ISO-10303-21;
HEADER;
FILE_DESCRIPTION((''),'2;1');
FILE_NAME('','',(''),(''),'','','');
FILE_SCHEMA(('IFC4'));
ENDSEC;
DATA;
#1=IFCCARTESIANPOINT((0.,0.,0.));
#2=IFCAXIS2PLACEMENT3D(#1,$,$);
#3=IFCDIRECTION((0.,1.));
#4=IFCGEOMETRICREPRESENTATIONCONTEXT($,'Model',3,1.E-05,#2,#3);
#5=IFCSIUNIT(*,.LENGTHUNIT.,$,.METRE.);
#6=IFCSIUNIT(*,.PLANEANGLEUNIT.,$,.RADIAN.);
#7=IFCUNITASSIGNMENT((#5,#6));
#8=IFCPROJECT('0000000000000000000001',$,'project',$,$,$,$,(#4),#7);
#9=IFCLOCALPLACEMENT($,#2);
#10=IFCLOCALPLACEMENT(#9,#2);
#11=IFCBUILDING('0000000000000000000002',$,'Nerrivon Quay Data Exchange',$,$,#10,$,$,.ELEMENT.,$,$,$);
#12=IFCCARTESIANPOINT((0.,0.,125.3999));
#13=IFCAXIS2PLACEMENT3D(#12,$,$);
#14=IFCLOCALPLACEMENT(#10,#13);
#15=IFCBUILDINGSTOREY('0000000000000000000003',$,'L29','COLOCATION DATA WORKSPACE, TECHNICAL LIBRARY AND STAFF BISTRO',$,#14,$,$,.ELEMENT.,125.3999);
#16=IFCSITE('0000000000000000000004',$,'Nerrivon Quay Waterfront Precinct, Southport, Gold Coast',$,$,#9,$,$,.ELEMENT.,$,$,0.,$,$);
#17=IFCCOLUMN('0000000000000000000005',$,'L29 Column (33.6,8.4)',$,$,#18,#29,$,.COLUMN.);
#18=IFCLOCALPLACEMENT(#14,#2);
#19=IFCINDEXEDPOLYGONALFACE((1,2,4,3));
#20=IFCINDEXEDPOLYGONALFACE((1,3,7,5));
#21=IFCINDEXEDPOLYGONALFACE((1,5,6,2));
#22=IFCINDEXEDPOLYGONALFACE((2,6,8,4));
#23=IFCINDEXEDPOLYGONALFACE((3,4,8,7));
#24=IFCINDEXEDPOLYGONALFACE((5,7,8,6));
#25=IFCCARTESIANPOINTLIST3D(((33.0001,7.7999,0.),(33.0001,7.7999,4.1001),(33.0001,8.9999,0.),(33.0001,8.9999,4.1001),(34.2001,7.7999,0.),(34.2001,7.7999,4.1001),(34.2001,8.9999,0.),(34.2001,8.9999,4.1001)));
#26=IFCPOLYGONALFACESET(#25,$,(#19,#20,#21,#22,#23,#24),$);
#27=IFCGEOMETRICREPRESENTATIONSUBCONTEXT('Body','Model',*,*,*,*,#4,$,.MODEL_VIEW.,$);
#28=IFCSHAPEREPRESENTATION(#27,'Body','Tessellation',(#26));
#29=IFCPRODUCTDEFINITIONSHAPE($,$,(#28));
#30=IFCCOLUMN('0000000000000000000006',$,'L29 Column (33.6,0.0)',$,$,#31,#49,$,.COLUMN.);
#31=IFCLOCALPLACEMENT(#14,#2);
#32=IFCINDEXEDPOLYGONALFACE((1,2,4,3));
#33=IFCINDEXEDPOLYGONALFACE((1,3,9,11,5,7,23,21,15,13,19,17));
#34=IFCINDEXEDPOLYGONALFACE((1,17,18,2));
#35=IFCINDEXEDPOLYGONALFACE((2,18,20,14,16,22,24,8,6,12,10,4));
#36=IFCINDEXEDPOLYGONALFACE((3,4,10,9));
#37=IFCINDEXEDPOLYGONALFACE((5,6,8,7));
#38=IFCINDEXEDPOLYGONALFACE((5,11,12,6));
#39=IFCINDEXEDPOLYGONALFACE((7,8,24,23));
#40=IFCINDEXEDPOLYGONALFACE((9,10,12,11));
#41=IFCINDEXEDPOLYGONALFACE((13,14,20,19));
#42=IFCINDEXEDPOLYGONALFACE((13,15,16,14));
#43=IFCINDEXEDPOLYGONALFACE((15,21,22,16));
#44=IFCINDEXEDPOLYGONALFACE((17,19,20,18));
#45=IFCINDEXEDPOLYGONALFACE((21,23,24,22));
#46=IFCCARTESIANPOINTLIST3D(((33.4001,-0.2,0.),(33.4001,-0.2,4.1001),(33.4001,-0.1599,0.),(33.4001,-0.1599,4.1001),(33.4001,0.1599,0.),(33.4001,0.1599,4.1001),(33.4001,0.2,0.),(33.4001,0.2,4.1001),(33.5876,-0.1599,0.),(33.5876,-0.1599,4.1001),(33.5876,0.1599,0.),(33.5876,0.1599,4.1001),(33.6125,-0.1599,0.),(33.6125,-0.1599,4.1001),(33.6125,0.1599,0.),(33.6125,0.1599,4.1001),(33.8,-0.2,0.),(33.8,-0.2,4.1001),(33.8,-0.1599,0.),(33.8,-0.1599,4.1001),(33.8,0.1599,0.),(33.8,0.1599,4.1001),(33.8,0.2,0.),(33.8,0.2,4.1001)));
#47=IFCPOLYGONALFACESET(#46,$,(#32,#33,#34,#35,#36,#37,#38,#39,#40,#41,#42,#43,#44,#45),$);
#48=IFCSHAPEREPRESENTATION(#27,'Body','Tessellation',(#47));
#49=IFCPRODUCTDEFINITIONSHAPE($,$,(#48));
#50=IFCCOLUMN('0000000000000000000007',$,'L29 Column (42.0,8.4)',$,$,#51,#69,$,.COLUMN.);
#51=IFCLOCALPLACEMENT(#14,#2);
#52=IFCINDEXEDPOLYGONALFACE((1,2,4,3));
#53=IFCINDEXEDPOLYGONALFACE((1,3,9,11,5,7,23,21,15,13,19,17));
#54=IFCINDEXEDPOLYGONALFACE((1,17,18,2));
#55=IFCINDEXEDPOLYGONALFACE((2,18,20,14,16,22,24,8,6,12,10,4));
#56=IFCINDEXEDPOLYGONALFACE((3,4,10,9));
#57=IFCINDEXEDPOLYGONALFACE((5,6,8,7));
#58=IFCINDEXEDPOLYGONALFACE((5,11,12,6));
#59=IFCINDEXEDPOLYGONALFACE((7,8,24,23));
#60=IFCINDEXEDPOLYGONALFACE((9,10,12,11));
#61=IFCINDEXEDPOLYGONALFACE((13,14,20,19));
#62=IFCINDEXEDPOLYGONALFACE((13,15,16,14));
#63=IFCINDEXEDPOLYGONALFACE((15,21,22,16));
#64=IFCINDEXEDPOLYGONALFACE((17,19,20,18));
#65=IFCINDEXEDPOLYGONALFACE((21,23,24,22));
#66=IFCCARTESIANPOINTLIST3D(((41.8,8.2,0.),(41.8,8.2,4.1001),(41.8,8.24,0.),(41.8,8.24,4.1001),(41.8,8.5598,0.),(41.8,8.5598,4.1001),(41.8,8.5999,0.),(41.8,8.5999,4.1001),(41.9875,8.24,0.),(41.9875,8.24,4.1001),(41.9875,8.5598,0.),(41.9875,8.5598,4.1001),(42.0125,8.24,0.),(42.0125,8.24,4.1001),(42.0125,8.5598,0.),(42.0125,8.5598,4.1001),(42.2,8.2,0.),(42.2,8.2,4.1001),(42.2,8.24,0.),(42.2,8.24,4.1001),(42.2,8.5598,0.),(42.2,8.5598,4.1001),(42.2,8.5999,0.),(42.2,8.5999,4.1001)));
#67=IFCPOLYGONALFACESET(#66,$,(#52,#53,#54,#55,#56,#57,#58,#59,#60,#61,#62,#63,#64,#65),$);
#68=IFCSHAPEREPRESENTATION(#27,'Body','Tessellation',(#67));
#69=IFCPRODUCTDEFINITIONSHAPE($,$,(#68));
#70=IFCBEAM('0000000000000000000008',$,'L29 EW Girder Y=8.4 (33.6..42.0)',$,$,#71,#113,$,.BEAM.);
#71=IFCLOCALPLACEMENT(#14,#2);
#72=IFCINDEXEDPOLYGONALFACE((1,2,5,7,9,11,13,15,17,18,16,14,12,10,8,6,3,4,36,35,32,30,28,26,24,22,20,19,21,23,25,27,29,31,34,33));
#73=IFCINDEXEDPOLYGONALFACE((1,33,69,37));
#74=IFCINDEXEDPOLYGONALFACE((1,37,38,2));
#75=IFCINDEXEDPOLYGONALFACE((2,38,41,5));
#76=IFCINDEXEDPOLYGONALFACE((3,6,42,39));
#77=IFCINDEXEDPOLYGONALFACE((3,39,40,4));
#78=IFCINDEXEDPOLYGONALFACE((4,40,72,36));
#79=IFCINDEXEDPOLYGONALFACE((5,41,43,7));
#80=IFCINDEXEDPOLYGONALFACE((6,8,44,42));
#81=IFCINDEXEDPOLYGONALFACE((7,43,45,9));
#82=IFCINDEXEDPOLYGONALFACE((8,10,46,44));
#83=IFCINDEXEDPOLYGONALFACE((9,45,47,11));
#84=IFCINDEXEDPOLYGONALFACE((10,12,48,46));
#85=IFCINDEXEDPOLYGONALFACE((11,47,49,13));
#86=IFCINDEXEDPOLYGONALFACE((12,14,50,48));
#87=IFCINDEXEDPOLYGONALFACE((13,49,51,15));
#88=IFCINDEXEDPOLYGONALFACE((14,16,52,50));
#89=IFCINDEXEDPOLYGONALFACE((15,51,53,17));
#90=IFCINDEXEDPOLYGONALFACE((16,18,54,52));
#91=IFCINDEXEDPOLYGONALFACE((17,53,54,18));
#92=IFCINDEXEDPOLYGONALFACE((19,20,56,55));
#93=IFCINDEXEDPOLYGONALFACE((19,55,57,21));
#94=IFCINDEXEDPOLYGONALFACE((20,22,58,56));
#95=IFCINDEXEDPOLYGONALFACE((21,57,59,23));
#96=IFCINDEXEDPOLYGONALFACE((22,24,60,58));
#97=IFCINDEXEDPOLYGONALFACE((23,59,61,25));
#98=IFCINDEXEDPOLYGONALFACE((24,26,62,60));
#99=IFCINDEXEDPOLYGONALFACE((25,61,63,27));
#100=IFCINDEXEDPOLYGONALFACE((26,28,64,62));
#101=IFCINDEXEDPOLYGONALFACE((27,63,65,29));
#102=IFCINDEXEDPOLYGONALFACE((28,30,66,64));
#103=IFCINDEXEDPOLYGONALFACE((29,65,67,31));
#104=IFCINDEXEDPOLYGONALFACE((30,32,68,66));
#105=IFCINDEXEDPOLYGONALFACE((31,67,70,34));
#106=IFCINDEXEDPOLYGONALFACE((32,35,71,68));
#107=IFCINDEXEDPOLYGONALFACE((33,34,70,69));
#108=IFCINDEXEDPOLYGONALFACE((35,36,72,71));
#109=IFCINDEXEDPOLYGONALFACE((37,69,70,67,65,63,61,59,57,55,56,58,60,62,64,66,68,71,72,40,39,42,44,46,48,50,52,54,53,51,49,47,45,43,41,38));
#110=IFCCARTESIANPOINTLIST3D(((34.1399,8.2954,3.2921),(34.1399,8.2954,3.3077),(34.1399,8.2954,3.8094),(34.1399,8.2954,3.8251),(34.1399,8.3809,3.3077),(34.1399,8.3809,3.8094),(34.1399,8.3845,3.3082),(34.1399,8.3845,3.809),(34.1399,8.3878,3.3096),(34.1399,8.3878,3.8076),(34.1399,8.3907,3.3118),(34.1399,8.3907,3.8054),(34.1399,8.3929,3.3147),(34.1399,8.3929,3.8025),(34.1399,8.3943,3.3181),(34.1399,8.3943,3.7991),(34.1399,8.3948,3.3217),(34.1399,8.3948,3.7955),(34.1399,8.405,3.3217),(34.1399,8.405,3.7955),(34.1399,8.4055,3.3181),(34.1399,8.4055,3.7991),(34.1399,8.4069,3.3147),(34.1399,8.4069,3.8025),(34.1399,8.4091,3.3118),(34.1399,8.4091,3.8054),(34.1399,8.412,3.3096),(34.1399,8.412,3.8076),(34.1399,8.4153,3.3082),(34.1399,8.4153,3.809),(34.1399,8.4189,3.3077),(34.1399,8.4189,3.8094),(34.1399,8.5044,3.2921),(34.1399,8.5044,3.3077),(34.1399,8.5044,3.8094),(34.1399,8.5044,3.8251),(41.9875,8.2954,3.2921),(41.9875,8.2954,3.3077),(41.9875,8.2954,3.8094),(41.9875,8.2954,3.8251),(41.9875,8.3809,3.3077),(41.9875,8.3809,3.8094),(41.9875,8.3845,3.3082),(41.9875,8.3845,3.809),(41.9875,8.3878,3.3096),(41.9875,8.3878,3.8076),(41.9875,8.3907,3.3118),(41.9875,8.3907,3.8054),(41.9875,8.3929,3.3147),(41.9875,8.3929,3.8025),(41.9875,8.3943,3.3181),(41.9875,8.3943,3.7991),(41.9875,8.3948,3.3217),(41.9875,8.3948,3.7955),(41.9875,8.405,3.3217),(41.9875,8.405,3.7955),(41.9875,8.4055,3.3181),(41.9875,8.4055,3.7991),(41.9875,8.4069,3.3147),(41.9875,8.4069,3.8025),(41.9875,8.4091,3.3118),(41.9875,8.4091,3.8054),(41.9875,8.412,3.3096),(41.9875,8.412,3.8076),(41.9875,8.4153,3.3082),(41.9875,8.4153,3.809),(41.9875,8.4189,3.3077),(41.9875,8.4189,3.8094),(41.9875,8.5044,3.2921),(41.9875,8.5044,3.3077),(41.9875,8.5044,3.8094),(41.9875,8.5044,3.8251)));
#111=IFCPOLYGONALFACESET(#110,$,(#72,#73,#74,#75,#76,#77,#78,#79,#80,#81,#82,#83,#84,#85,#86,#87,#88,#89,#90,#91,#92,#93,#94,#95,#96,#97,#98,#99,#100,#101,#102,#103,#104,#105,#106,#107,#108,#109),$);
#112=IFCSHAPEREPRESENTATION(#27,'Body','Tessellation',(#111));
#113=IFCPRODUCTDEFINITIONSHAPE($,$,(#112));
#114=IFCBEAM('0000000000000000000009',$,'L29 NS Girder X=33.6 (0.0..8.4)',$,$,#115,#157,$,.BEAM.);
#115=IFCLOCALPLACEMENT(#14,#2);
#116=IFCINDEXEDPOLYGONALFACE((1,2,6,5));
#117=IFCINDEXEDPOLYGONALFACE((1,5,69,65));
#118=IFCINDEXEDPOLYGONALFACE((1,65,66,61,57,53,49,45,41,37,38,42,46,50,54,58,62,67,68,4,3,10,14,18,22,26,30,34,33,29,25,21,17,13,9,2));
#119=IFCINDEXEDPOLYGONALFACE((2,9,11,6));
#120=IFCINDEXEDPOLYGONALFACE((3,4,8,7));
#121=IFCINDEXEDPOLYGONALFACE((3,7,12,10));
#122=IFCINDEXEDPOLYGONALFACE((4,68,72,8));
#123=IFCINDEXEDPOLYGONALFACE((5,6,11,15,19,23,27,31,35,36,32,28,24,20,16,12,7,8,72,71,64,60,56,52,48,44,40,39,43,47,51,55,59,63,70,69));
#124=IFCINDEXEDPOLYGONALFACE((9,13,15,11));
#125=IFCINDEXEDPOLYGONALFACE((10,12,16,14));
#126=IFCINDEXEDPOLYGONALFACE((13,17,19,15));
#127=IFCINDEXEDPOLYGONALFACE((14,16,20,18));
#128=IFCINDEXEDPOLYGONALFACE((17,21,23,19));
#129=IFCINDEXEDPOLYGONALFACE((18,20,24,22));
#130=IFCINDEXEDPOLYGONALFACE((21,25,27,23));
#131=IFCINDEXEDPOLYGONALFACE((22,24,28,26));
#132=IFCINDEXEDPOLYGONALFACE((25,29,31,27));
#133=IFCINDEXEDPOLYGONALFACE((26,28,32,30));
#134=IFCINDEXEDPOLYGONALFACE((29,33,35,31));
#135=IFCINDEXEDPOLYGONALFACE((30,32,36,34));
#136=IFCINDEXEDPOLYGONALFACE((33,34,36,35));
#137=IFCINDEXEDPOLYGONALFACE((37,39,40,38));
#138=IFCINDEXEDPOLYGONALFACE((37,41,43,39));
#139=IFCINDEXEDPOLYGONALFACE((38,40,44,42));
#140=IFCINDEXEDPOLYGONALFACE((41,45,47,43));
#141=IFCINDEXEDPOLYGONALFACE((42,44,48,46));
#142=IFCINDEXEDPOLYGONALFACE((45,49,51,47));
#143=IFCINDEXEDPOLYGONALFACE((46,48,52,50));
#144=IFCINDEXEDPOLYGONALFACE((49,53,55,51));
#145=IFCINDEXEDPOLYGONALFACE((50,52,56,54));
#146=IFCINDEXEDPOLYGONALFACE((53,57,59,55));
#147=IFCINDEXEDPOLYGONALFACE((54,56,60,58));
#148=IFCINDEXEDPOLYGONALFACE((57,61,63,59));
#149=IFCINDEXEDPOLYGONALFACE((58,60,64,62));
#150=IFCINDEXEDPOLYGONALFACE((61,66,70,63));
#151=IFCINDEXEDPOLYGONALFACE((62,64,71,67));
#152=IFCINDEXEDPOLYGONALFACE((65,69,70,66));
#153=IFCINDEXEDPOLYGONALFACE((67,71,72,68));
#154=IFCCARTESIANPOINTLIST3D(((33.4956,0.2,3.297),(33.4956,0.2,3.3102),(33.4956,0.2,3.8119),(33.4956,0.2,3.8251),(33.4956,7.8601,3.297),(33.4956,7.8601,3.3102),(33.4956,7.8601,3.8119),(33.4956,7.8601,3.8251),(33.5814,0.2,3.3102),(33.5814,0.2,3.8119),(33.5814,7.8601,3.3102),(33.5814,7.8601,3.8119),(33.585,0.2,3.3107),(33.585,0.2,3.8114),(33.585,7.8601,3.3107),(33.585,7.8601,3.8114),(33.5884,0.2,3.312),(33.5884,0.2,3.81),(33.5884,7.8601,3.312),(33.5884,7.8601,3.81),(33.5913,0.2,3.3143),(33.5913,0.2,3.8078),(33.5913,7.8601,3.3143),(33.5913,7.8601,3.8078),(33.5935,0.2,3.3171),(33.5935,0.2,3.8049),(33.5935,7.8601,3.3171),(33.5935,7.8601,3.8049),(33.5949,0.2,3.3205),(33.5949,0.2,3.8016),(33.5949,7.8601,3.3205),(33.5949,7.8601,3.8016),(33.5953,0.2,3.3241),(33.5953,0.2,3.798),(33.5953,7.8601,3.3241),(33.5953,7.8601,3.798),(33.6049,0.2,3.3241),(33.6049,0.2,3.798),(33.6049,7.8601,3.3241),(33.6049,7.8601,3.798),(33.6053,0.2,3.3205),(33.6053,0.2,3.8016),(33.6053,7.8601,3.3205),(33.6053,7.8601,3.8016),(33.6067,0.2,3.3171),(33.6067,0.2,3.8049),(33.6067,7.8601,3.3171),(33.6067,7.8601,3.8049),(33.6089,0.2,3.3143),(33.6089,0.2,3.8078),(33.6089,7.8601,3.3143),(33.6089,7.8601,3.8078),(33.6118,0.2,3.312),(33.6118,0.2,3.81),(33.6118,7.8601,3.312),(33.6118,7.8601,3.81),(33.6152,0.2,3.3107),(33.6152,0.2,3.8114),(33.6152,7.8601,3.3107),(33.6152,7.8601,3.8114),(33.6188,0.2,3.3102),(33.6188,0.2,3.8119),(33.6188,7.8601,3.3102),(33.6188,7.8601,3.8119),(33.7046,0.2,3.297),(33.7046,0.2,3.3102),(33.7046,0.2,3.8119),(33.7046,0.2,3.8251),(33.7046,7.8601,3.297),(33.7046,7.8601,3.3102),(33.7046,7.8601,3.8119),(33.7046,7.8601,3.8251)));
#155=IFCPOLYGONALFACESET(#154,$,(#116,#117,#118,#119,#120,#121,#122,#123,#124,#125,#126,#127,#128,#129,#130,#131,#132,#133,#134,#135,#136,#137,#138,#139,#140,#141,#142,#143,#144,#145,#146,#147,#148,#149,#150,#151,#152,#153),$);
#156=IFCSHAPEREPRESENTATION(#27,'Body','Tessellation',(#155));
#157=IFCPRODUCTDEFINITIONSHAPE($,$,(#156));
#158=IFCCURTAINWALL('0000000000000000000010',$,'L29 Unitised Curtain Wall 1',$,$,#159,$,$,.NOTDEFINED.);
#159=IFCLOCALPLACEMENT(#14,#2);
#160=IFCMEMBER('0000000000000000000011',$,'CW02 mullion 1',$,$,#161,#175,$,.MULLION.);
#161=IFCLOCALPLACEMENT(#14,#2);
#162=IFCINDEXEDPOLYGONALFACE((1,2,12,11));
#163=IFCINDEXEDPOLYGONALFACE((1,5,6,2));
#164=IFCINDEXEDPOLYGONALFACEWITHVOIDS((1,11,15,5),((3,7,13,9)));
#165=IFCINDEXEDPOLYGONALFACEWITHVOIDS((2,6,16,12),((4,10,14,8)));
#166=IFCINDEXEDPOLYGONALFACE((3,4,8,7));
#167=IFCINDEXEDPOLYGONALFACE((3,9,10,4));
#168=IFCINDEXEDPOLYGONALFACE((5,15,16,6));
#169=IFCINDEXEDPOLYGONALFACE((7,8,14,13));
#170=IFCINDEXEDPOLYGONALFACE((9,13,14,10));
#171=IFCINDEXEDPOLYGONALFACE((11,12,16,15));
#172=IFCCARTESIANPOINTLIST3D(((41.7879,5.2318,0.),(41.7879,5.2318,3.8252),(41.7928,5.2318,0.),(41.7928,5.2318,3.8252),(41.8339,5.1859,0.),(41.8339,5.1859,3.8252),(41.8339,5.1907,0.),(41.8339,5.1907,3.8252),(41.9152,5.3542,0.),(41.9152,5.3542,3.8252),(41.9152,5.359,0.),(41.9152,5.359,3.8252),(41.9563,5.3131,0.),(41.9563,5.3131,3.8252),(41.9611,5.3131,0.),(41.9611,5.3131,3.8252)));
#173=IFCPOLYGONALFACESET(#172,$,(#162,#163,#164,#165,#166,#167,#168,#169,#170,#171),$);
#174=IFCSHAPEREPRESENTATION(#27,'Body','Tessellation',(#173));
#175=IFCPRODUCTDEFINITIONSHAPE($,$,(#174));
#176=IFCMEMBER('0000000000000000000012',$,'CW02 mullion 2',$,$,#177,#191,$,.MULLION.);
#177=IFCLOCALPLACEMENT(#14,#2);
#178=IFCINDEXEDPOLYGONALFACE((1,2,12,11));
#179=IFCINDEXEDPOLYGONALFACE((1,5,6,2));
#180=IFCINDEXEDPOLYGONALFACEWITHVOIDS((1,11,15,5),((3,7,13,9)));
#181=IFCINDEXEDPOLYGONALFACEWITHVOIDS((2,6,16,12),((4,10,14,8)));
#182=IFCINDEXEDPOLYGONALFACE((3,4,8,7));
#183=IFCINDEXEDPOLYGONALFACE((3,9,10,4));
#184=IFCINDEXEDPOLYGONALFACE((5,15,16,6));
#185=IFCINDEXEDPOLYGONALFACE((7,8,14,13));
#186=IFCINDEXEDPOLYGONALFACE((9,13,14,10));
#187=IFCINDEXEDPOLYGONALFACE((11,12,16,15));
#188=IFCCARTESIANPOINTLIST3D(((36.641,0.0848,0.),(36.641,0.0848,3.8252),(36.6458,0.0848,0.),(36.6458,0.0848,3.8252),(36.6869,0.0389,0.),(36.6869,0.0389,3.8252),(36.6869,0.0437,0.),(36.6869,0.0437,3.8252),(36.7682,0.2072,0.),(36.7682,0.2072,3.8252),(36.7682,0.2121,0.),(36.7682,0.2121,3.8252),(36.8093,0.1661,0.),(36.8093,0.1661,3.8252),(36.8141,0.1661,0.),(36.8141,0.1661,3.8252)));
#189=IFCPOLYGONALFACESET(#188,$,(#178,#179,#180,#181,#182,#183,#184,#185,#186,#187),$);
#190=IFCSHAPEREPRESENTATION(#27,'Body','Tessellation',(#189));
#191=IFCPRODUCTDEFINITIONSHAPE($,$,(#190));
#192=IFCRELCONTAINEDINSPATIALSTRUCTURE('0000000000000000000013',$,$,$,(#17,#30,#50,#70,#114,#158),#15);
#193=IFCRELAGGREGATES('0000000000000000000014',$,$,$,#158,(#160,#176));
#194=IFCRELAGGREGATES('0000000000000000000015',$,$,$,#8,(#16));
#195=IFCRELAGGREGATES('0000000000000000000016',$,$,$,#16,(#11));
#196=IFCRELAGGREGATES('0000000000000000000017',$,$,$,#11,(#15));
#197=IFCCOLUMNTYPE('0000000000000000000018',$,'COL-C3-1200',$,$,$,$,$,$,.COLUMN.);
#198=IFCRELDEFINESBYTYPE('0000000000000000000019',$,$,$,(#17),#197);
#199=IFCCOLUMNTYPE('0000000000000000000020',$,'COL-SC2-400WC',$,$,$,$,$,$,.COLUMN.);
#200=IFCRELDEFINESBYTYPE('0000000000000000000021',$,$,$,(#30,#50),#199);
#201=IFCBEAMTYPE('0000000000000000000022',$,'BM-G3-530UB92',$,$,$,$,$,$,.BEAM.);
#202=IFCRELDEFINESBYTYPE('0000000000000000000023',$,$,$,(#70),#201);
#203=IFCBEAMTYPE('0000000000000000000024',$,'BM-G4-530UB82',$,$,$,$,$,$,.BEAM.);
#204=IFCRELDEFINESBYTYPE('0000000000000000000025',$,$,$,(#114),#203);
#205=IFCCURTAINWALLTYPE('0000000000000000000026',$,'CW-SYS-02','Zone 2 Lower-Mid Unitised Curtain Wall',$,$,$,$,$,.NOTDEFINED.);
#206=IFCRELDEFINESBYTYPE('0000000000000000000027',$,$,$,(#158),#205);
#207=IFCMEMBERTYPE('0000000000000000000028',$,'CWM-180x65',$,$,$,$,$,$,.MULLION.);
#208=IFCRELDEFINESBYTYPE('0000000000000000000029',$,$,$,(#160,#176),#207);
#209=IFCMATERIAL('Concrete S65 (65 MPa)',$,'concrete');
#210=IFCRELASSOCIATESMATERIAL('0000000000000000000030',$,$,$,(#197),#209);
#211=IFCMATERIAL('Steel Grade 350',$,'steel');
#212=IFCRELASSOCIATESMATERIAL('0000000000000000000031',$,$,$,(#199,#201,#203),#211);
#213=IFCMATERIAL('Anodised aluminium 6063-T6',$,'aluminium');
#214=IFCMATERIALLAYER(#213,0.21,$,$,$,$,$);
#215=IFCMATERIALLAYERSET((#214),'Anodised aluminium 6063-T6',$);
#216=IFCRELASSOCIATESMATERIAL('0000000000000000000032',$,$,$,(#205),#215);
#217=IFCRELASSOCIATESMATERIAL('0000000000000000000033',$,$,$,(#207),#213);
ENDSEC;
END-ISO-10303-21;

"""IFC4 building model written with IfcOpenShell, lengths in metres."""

from ifc_helpers import new_model, si_unit, direction, frame, origin, origin_2d, place, context, subcontext, project, spatial, rectangle, hollow_rectangle, i_section, extrude, material, layer, layer_set, material_profile, profile_set, type_object, element, aggregate, save


model = new_model("IFC4")

# Units and contexts
model_context = context("Model", 3, precision=1e-05, world=origin(), true_north=direction((0.0, 1.0)))
body_context = subcontext(model_context, "Body", "Model", "MODEL_VIEW")
ifc_project = project(units=[si_unit("LENGTHUNIT", "METRE"), si_unit("PLANEANGLEUNIT", "RADIAN")], contexts=[model_context])

# Site, building, storey
site_placement = place(None, origin())
site = spatial("IfcSite", under=ifc_project, at=site_placement, Name="Nerrivon Quay Waterfront Precinct, Southport, Gold Coast", CompositionType="ELEMENT", RefElevation=0.0)
building_placement = place(site_placement, origin())
building = spatial("IfcBuilding", under=site, at=building_placement, Name="Nerrivon Quay Data Exchange", CompositionType="ELEMENT")
storey_placement = place(building_placement, frame((0.0, 0.0, 125.3999)))
storey = spatial("IfcBuildingStorey", under=building, at=storey_placement, Name="L29", Description="COLOCATION DATA WORKSPACE, TECHNICAL LIBRARY AND STAFF BISTRO", CompositionType="ELEMENT", Elevation=125.3999)

# Columns
ifc_material_1 = material(Name="Concrete S65 (65 MPa)", Category="concrete")
ifc_material_profile_1 = material_profile(ifc_material_1, rectangle(XDim=1.2, YDim=1.2, at=origin_2d()), Name="RC-COL-1200x1200")
ifc_profile_set_1 = profile_set([ifc_material_profile_1], Name="Concrete S65 (65 MPa)")
column_type_1 = type_object("IfcColumnType", Name="COL-C3-1200", PredefinedType="COLUMN", material=ifc_profile_set_1)
column_placement = place(storey_placement, frame((33.6001, 8.3999, 0.0), z_axis=(0.0, 0.0, 1.0), x_axis=(1.0, 0.0, 0.0)))
element("IfcColumn", 1, at=column_placement, inside=storey, type_object=column_type_1, Name="L29 Column (33.6,8.4)", PredefinedType="COLUMN", context=body_context, shape_type="SweptSolid", body=[
    extrude(rectangle(XDim=1.2, YDim=1.2, at=origin_2d()), origin(), (0.0, 0.0, 1.0), 4.1001),
])
ifc_material_2 = material(Name="Steel Grade 350", Category="steel")
ifc_material_profile_2 = material_profile(ifc_material_2, i_section(OverallWidth=0.3999, OverallDepth=0.3999, WebThickness=0.0249, FlangeThickness=0.04, at=origin_2d()), Name="400WC328")
ifc_profile_set_2 = profile_set([ifc_material_profile_2], Name="Steel Grade 350")
column_type_2 = type_object("IfcColumnType", Name="COL-SC2-400WC", PredefinedType="COLUMN", material=ifc_profile_set_2)
for number, where, z_axis, x_axis, name in (
    (2, (33.6001, 0.0, 0.0), (0.0, 0.0, 1.0), (1.0, 0.0, 0.0), "L29 Column (33.6,0.0)"),
    (3, (42.0, 8.3999, 0.0), (0.0, 0.0, 1.0), (1.0, 0.0, 0.0), "L29 Column (42.0,8.4)"),
):
    element("IfcColumn", number, at=place(storey_placement, frame(where, z_axis=z_axis, x_axis=x_axis)), inside=storey, type_object=column_type_2, Name=name, PredefinedType="COLUMN", context=body_context, shape_type="SweptSolid", body=[
        extrude(i_section(OverallWidth=0.3999, OverallDepth=0.3999, WebThickness=0.0249, FlangeThickness=0.04, at=origin_2d()), origin(), (0.0, 0.0, 1.0), 4.1001),
    ])

# Beams
ifc_material_profile_3 = material_profile(ifc_material_2, i_section(OverallWidth=0.209, OverallDepth=0.533, WebThickness=0.0103, FlangeThickness=0.0156, FilletRadius=0.0139, at=origin_2d()), Name="530UB92.4")
ifc_profile_set_3 = profile_set([ifc_material_profile_3], Name="Steel Grade 350")
beam_type_1 = type_object("IfcBeamType", Name="BM-G3-530UB92", PredefinedType="BEAM", material=ifc_profile_set_3)
beam_1_placement = place(storey_placement, frame((34.1399, 8.3999, 3.5586), z_axis=(1.0, 0.0, 0.0), x_axis=(0.0, 1.0, 0.0)))
element("IfcBeam", 4, at=beam_1_placement, inside=storey, type_object=beam_type_1, Name="L29 EW Girder Y=8.4 (33.6..42.0)", PredefinedType="BEAM", context=body_context, shape_type="SweptSolid", body=[
    extrude(i_section(OverallWidth=0.209, OverallDepth=0.533, WebThickness=0.0103, FlangeThickness=0.0156, FilletRadius=0.0139, at=origin_2d()), origin(), (0.0, 0.0, 1.0), 7.8477),
])
ifc_material_profile_4 = material_profile(ifc_material_2, i_section(OverallWidth=0.209, OverallDepth=0.5281, WebThickness=0.0095, FlangeThickness=0.0132, FilletRadius=0.0139, at=origin_2d()), Name="530UB82.0")
ifc_profile_set_4 = profile_set([ifc_material_profile_4], Name="Steel Grade 350")
beam_type_2 = type_object("IfcBeamType", Name="BM-G4-530UB82", PredefinedType="BEAM", material=ifc_profile_set_4)
beam_2_placement = place(storey_placement, frame((33.6001, 0.2, 3.561), z_axis=(0.0, 1.0, 0.0), x_axis=(-1.0, 0.0, 0.0)))
element("IfcBeam", 5, at=beam_2_placement, inside=storey, type_object=beam_type_2, Name="L29 NS Girder X=33.6 (0.0..8.4)", PredefinedType="BEAM", context=body_context, shape_type="SweptSolid", body=[
    extrude(i_section(OverallWidth=0.209, OverallDepth=0.5281, WebThickness=0.0095, FlangeThickness=0.0132, FilletRadius=0.0139, at=origin_2d()), origin(), (0.0, 0.0, 1.0), 7.6602),
])

# Curtain wall, members
ifc_material_3 = material(Name="Anodised aluminium 6063-T6", Category="aluminium")
ifc_layer_1 = layer(ifc_material_3, 0.21)
ifc_layer_set_1 = layer_set([ifc_layer_1], Name="Anodised aluminium 6063-T6")
curtain_wall_type = type_object("IfcCurtainWallType", Name="CW-SYS-02", Description="Zone 2 Lower-Mid Unitised Curtain Wall", PredefinedType="NOTDEFINED", material=ifc_layer_set_1)
curtain_wall_1_placement = place(storey_placement, origin())
curtain_wall_1 = element("IfcCurtainWall", 6, at=curtain_wall_1_placement, inside=storey, type_object=curtain_wall_type, Name="L29 Unitised Curtain Wall 1", PredefinedType="NOTDEFINED")
ifc_material_profile_5 = material_profile(ifc_material_3, hollow_rectangle(XDim=0.0649, YDim=0.1799, WallThickness=0.0034, at=origin_2d()), Name="ALU-MULL-180x65")
ifc_profile_set_5 = profile_set([ifc_material_profile_5], Name="Anodised aluminium 6063-T6")
member_type_1 = type_object("IfcMemberType", Name="CWM-180x65", PredefinedType="MULLION", material=ifc_profile_set_5)
member_1_placement = place(storey_placement, frame((41.8745, 5.2725, 0.0), z_axis=(0.0, 0.0, 1.0), x_axis=(0.707107, -0.707107, 0.0)))
member_1 = element("IfcMember", 7, at=member_1_placement, type_object=member_type_1, Name="CW02 mullion 1", PredefinedType="MULLION", context=body_context, shape_type="SweptSolid", body=[
    extrude(hollow_rectangle(XDim=0.0649, YDim=0.1799, WallThickness=0.0034, at=origin_2d()), origin(), (0.0, 0.0, 1.0), 3.8252),
])
member_2_placement = place(storey_placement, frame((36.7275, 0.1255, 0.0), z_axis=(0.0, 0.0, 1.0), x_axis=(0.707107, -0.707107, 0.0)))
member_2 = element("IfcMember", 8, at=member_2_placement, type_object=member_type_1, Name="CW02 mullion 2", PredefinedType="MULLION", context=body_context, shape_type="SweptSolid", body=[
    extrude(hollow_rectangle(XDim=0.0649, YDim=0.1799, WallThickness=0.0034, at=origin_2d()), origin(), (0.0, 0.0, 1.0), 3.8252),
])

aggregate(curtain_wall_1, [member_1, member_2])

save(model, "model.ifc")
